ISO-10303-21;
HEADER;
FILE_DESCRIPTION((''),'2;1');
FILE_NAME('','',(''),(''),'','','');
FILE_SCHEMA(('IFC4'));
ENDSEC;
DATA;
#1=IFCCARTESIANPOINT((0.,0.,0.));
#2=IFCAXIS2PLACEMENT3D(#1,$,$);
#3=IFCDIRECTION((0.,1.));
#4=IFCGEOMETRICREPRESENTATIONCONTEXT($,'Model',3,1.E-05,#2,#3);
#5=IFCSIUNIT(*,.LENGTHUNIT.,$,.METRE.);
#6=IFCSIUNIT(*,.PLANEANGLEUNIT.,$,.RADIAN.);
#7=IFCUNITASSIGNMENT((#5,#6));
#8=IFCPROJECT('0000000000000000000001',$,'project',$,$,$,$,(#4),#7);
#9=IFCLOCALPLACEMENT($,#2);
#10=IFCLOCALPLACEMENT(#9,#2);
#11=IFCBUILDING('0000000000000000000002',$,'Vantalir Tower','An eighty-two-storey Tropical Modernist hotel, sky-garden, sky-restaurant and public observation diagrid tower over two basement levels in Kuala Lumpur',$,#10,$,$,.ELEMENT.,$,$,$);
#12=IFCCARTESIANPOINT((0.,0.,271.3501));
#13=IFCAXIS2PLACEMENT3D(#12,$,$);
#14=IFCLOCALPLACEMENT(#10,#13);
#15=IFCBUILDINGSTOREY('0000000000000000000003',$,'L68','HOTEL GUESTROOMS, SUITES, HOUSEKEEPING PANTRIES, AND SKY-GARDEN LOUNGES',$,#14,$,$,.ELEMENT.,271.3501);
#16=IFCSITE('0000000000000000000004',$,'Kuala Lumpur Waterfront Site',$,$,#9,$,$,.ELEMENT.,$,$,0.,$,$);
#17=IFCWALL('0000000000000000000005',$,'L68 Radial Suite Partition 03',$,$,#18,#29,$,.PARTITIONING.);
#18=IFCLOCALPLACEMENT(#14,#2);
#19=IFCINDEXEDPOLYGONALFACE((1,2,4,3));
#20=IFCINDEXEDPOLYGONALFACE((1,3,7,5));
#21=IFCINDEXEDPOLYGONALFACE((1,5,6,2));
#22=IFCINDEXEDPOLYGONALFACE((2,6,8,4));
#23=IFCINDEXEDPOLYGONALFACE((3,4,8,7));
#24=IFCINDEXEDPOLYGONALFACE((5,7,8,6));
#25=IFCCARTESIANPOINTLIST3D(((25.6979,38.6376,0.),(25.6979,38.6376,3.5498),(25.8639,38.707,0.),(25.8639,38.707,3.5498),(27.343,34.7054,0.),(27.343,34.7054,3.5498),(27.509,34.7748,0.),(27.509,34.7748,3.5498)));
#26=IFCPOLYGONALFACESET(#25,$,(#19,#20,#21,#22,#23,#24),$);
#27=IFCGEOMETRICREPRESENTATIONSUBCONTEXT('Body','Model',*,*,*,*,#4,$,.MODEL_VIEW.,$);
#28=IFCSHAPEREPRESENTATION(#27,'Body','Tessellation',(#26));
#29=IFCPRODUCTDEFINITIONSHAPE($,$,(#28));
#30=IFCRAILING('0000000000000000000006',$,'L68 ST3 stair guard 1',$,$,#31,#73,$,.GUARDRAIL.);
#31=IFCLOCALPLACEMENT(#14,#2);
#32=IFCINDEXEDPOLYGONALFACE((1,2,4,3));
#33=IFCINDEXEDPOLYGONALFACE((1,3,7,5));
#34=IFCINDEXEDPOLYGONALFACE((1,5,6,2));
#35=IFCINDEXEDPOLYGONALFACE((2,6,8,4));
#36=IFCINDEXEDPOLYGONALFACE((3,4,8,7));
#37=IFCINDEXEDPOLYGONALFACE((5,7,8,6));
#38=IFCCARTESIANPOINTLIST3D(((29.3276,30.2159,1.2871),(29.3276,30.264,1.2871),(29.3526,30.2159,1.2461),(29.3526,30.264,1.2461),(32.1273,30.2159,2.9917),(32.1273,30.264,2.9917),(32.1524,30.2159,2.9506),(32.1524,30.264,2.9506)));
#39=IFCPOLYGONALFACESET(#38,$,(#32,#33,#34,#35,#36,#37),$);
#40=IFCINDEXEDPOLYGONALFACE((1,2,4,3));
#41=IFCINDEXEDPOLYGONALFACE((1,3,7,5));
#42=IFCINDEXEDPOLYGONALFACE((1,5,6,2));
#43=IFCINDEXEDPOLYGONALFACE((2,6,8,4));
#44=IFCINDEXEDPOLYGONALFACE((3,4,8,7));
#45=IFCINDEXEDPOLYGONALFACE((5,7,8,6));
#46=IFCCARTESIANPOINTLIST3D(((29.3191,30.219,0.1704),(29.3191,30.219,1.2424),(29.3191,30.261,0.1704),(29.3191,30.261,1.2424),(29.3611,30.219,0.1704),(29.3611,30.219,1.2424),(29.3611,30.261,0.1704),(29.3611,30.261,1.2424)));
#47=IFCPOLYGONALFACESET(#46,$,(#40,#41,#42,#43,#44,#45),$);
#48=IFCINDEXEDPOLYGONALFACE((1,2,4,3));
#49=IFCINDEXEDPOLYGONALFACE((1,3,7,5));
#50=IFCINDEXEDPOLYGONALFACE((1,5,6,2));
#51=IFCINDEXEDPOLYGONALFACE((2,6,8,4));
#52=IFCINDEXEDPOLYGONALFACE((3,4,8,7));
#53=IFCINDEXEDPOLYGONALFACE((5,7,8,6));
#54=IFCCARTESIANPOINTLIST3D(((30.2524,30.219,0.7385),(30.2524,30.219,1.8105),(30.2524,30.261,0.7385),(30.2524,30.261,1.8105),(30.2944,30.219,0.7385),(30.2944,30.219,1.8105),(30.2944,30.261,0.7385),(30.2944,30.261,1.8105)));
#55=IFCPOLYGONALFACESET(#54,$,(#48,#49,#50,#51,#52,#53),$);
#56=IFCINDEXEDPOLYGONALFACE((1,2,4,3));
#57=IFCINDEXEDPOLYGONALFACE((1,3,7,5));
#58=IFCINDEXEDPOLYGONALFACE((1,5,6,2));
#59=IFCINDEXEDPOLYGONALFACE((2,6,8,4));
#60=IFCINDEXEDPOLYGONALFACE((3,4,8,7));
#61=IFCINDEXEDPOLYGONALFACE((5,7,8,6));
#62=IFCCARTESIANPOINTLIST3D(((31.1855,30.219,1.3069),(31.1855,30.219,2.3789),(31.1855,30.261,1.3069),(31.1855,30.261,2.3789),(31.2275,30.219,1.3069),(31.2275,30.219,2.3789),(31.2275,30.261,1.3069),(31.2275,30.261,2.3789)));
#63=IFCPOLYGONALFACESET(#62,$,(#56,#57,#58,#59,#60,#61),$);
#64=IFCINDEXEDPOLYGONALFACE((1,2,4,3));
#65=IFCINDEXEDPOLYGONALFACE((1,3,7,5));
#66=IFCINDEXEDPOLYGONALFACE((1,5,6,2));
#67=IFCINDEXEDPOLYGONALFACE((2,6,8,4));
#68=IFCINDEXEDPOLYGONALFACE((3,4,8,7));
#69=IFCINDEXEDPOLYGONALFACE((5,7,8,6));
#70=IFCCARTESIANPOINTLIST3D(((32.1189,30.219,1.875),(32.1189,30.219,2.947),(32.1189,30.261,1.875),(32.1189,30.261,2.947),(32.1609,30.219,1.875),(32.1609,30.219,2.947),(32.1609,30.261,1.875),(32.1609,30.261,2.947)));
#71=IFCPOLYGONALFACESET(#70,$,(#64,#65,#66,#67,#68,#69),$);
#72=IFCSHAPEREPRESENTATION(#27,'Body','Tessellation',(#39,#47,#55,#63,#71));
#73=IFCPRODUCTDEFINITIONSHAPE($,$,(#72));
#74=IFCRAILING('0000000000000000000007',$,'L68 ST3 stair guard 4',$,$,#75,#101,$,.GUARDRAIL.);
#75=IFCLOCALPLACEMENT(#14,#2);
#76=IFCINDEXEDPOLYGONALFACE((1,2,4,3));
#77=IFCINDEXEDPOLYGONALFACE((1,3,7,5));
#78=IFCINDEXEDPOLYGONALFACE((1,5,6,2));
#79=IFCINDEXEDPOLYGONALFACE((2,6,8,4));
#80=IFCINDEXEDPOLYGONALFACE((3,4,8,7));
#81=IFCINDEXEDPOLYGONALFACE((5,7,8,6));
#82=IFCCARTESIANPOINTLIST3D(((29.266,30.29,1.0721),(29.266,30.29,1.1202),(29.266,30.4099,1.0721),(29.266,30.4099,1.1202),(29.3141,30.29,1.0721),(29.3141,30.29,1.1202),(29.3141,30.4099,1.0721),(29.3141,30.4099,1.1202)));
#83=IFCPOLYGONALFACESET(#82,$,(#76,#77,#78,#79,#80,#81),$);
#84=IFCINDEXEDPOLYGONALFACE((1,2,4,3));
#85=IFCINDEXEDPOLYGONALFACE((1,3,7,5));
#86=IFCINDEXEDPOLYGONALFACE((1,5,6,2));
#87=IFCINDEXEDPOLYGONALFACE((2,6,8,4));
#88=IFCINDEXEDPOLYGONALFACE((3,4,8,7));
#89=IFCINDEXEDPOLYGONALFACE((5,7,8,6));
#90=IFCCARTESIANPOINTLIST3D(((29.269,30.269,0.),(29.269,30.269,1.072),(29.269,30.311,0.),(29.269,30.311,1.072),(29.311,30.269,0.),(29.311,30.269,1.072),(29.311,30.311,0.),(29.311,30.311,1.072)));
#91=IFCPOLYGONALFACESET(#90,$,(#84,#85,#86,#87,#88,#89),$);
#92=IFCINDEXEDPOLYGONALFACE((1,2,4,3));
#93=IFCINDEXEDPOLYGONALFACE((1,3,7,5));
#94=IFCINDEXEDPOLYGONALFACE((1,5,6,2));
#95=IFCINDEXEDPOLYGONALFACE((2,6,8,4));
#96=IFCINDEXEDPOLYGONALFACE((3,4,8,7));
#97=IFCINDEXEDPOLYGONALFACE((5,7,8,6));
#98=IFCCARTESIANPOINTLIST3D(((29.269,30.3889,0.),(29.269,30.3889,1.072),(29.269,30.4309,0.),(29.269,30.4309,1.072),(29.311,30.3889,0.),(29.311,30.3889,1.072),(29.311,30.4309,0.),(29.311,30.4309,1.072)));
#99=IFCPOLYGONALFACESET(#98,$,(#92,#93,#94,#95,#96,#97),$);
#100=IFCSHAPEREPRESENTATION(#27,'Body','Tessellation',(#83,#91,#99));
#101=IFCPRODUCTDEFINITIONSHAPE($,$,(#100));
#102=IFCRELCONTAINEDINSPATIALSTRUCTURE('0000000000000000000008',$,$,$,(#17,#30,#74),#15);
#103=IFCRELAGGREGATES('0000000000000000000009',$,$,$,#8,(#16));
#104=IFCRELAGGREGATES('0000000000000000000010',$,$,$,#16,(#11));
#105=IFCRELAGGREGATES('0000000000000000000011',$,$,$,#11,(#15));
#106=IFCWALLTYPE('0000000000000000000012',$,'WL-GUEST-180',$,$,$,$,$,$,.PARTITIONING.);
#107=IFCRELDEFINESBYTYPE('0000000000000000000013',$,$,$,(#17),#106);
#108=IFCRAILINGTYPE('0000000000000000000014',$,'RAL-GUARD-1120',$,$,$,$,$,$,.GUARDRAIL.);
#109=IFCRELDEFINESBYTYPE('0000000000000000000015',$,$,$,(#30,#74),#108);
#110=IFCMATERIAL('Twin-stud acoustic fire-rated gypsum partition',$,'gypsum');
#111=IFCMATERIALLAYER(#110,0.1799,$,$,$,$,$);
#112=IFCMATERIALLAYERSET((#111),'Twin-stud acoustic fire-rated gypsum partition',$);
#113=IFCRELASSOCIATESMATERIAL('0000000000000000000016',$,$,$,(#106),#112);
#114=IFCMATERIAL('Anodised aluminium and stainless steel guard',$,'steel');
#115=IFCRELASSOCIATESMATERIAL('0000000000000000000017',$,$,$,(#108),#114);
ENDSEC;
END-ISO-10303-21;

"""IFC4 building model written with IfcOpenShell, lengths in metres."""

from ifc_helpers import new_model, si_unit, direction, frame, frame_2d, origin, origin_2d, place, context, subcontext, project, spatial, rectangle, extrude, material, layer, layer_set, type_object, element, save


model = new_model("IFC4")

# Units and contexts
model_context = context("Model", 3, precision=1e-05, world=origin(), true_north=direction((0.0, 1.0)))
body_context = subcontext(model_context, "Body", "Model", "MODEL_VIEW")
ifc_project = project(units=[si_unit("LENGTHUNIT", "METRE"), si_unit("PLANEANGLEUNIT", "RADIAN")], contexts=[model_context])

# Site, building, storey
site_placement = place(None, origin())
site = spatial("IfcSite", under=ifc_project, at=site_placement, Name="Kuala Lumpur Waterfront Site", CompositionType="ELEMENT", RefElevation=0.0)
building_placement = place(site_placement, origin())
building = spatial("IfcBuilding", under=site, at=building_placement, Name="Vantalir Tower", Description="An eighty-two-storey Tropical Modernist hotel, sky-garden, sky-restaurant and public observation diagrid tower over two basement levels in Kuala Lumpur", CompositionType="ELEMENT")
storey_placement = place(building_placement, frame((0.0, 0.0, 271.3501)))
storey = spatial("IfcBuildingStorey", under=building, at=storey_placement, Name="L68", Description="HOTEL GUESTROOMS, SUITES, HOUSEKEEPING PANTRIES, AND SKY-GARDEN LOUNGES", CompositionType="ELEMENT", Elevation=271.3501)

# Wall
ifc_material_1 = material(Name="Twin-stud acoustic fire-rated gypsum partition", Category="gypsum")
ifc_layer_1 = layer(ifc_material_1, 0.1799)
ifc_layer_set_1 = layer_set([ifc_layer_1], Name="Twin-stud acoustic fire-rated gypsum partition")
wall_type_1 = type_object("IfcWallType", Name="WL-GUEST-180", PredefinedType="PARTITIONING", material=ifc_layer_set_1)
wall_1_placement = place(storey_placement, frame((27.426, 34.74, 0.0), z_axis=(0.0, 0.0, 1.0), x_axis=(-0.385941, 0.922524, 0.0)))
element("IfcWall", 1, at=wall_1_placement, inside=storey, type_object=wall_type_1, Name="L68 Radial Suite Partition 03", PredefinedType="PARTITIONING", context=body_context, shape_type="SweptSolid", body=[
    extrude(rectangle(XDim=4.2625, YDim=0.1799, at=frame_2d((2.1313, 0.0))), origin(), (0.0, 0.0, 1.0), 3.5498),
])

# Railings
ifc_material_2 = material(Name="Anodised aluminium and stainless steel guard", Category="steel")
railing_type = type_object("IfcRailingType", Name="RAL-GUARD-1120", PredefinedType="GUARDRAIL", material=ifc_material_2)
railing_1_placement = place(storey_placement, frame((29.3401, 30.24, 0.1704)))
element("IfcRailing", 2, at=railing_1_placement, inside=storey, type_object=railing_type, Name="L68 ST3 stair guard 1", PredefinedType="GUARDRAIL", context=body_context, shape_type="SweptSolid", body=[
    extrude(rectangle(XDim=0.0481, YDim=0.0481, at=origin_2d()), frame((0.0, 0.0, 1.0962), z_axis=(0.85415, 0.0, 0.520027), x_axis=(0.0, 1.0, 0.0)), (0.0, 0.0, 1.0), 3.2778),
    extrude(rectangle(XDim=0.042, YDim=0.042, at=origin_2d()), origin(), (0.0, 0.0, 1.0), 1.072),
    extrude(rectangle(XDim=0.042, YDim=0.042, at=origin_2d()), frame((0.9333, 0.0, 0.5681)), (0.0, 0.0, 1.0), 1.072),
    extrude(rectangle(XDim=0.042, YDim=0.042, at=origin_2d()), frame((1.8665, 0.0, 1.1365)), (0.0, 0.0, 1.0), 1.072),
    extrude(rectangle(XDim=0.042, YDim=0.042, at=origin_2d()), frame((2.7998, 0.0, 1.7046)), (0.0, 0.0, 1.0), 1.072),
])
railing_2_placement = place(storey_placement, frame((29.29, 30.29, 0.0)))
element("IfcRailing", 3, at=railing_2_placement, inside=storey, type_object=railing_type, Name="L68 ST3 stair guard 4", PredefinedType="GUARDRAIL", context=body_context, shape_type="SweptSolid", body=[
    extrude(rectangle(XDim=0.0481, YDim=0.0481, at=origin_2d()), frame((0.0, 0.0, 1.0962), z_axis=(0.0, 1.0, 0.0), x_axis=(-1.0, 0.0, 0.0)), (0.0, 0.0, 1.0), 0.1199),
    extrude(rectangle(XDim=0.042, YDim=0.042, at=origin_2d()), origin(), (0.0, 0.0, 1.0), 1.072),
    extrude(rectangle(XDim=0.042, YDim=0.042, at=origin_2d()), frame((0.0, 0.1199, 0.0)), (0.0, 0.0, 1.0), 1.072),
])

save(model, "model.ifc")
